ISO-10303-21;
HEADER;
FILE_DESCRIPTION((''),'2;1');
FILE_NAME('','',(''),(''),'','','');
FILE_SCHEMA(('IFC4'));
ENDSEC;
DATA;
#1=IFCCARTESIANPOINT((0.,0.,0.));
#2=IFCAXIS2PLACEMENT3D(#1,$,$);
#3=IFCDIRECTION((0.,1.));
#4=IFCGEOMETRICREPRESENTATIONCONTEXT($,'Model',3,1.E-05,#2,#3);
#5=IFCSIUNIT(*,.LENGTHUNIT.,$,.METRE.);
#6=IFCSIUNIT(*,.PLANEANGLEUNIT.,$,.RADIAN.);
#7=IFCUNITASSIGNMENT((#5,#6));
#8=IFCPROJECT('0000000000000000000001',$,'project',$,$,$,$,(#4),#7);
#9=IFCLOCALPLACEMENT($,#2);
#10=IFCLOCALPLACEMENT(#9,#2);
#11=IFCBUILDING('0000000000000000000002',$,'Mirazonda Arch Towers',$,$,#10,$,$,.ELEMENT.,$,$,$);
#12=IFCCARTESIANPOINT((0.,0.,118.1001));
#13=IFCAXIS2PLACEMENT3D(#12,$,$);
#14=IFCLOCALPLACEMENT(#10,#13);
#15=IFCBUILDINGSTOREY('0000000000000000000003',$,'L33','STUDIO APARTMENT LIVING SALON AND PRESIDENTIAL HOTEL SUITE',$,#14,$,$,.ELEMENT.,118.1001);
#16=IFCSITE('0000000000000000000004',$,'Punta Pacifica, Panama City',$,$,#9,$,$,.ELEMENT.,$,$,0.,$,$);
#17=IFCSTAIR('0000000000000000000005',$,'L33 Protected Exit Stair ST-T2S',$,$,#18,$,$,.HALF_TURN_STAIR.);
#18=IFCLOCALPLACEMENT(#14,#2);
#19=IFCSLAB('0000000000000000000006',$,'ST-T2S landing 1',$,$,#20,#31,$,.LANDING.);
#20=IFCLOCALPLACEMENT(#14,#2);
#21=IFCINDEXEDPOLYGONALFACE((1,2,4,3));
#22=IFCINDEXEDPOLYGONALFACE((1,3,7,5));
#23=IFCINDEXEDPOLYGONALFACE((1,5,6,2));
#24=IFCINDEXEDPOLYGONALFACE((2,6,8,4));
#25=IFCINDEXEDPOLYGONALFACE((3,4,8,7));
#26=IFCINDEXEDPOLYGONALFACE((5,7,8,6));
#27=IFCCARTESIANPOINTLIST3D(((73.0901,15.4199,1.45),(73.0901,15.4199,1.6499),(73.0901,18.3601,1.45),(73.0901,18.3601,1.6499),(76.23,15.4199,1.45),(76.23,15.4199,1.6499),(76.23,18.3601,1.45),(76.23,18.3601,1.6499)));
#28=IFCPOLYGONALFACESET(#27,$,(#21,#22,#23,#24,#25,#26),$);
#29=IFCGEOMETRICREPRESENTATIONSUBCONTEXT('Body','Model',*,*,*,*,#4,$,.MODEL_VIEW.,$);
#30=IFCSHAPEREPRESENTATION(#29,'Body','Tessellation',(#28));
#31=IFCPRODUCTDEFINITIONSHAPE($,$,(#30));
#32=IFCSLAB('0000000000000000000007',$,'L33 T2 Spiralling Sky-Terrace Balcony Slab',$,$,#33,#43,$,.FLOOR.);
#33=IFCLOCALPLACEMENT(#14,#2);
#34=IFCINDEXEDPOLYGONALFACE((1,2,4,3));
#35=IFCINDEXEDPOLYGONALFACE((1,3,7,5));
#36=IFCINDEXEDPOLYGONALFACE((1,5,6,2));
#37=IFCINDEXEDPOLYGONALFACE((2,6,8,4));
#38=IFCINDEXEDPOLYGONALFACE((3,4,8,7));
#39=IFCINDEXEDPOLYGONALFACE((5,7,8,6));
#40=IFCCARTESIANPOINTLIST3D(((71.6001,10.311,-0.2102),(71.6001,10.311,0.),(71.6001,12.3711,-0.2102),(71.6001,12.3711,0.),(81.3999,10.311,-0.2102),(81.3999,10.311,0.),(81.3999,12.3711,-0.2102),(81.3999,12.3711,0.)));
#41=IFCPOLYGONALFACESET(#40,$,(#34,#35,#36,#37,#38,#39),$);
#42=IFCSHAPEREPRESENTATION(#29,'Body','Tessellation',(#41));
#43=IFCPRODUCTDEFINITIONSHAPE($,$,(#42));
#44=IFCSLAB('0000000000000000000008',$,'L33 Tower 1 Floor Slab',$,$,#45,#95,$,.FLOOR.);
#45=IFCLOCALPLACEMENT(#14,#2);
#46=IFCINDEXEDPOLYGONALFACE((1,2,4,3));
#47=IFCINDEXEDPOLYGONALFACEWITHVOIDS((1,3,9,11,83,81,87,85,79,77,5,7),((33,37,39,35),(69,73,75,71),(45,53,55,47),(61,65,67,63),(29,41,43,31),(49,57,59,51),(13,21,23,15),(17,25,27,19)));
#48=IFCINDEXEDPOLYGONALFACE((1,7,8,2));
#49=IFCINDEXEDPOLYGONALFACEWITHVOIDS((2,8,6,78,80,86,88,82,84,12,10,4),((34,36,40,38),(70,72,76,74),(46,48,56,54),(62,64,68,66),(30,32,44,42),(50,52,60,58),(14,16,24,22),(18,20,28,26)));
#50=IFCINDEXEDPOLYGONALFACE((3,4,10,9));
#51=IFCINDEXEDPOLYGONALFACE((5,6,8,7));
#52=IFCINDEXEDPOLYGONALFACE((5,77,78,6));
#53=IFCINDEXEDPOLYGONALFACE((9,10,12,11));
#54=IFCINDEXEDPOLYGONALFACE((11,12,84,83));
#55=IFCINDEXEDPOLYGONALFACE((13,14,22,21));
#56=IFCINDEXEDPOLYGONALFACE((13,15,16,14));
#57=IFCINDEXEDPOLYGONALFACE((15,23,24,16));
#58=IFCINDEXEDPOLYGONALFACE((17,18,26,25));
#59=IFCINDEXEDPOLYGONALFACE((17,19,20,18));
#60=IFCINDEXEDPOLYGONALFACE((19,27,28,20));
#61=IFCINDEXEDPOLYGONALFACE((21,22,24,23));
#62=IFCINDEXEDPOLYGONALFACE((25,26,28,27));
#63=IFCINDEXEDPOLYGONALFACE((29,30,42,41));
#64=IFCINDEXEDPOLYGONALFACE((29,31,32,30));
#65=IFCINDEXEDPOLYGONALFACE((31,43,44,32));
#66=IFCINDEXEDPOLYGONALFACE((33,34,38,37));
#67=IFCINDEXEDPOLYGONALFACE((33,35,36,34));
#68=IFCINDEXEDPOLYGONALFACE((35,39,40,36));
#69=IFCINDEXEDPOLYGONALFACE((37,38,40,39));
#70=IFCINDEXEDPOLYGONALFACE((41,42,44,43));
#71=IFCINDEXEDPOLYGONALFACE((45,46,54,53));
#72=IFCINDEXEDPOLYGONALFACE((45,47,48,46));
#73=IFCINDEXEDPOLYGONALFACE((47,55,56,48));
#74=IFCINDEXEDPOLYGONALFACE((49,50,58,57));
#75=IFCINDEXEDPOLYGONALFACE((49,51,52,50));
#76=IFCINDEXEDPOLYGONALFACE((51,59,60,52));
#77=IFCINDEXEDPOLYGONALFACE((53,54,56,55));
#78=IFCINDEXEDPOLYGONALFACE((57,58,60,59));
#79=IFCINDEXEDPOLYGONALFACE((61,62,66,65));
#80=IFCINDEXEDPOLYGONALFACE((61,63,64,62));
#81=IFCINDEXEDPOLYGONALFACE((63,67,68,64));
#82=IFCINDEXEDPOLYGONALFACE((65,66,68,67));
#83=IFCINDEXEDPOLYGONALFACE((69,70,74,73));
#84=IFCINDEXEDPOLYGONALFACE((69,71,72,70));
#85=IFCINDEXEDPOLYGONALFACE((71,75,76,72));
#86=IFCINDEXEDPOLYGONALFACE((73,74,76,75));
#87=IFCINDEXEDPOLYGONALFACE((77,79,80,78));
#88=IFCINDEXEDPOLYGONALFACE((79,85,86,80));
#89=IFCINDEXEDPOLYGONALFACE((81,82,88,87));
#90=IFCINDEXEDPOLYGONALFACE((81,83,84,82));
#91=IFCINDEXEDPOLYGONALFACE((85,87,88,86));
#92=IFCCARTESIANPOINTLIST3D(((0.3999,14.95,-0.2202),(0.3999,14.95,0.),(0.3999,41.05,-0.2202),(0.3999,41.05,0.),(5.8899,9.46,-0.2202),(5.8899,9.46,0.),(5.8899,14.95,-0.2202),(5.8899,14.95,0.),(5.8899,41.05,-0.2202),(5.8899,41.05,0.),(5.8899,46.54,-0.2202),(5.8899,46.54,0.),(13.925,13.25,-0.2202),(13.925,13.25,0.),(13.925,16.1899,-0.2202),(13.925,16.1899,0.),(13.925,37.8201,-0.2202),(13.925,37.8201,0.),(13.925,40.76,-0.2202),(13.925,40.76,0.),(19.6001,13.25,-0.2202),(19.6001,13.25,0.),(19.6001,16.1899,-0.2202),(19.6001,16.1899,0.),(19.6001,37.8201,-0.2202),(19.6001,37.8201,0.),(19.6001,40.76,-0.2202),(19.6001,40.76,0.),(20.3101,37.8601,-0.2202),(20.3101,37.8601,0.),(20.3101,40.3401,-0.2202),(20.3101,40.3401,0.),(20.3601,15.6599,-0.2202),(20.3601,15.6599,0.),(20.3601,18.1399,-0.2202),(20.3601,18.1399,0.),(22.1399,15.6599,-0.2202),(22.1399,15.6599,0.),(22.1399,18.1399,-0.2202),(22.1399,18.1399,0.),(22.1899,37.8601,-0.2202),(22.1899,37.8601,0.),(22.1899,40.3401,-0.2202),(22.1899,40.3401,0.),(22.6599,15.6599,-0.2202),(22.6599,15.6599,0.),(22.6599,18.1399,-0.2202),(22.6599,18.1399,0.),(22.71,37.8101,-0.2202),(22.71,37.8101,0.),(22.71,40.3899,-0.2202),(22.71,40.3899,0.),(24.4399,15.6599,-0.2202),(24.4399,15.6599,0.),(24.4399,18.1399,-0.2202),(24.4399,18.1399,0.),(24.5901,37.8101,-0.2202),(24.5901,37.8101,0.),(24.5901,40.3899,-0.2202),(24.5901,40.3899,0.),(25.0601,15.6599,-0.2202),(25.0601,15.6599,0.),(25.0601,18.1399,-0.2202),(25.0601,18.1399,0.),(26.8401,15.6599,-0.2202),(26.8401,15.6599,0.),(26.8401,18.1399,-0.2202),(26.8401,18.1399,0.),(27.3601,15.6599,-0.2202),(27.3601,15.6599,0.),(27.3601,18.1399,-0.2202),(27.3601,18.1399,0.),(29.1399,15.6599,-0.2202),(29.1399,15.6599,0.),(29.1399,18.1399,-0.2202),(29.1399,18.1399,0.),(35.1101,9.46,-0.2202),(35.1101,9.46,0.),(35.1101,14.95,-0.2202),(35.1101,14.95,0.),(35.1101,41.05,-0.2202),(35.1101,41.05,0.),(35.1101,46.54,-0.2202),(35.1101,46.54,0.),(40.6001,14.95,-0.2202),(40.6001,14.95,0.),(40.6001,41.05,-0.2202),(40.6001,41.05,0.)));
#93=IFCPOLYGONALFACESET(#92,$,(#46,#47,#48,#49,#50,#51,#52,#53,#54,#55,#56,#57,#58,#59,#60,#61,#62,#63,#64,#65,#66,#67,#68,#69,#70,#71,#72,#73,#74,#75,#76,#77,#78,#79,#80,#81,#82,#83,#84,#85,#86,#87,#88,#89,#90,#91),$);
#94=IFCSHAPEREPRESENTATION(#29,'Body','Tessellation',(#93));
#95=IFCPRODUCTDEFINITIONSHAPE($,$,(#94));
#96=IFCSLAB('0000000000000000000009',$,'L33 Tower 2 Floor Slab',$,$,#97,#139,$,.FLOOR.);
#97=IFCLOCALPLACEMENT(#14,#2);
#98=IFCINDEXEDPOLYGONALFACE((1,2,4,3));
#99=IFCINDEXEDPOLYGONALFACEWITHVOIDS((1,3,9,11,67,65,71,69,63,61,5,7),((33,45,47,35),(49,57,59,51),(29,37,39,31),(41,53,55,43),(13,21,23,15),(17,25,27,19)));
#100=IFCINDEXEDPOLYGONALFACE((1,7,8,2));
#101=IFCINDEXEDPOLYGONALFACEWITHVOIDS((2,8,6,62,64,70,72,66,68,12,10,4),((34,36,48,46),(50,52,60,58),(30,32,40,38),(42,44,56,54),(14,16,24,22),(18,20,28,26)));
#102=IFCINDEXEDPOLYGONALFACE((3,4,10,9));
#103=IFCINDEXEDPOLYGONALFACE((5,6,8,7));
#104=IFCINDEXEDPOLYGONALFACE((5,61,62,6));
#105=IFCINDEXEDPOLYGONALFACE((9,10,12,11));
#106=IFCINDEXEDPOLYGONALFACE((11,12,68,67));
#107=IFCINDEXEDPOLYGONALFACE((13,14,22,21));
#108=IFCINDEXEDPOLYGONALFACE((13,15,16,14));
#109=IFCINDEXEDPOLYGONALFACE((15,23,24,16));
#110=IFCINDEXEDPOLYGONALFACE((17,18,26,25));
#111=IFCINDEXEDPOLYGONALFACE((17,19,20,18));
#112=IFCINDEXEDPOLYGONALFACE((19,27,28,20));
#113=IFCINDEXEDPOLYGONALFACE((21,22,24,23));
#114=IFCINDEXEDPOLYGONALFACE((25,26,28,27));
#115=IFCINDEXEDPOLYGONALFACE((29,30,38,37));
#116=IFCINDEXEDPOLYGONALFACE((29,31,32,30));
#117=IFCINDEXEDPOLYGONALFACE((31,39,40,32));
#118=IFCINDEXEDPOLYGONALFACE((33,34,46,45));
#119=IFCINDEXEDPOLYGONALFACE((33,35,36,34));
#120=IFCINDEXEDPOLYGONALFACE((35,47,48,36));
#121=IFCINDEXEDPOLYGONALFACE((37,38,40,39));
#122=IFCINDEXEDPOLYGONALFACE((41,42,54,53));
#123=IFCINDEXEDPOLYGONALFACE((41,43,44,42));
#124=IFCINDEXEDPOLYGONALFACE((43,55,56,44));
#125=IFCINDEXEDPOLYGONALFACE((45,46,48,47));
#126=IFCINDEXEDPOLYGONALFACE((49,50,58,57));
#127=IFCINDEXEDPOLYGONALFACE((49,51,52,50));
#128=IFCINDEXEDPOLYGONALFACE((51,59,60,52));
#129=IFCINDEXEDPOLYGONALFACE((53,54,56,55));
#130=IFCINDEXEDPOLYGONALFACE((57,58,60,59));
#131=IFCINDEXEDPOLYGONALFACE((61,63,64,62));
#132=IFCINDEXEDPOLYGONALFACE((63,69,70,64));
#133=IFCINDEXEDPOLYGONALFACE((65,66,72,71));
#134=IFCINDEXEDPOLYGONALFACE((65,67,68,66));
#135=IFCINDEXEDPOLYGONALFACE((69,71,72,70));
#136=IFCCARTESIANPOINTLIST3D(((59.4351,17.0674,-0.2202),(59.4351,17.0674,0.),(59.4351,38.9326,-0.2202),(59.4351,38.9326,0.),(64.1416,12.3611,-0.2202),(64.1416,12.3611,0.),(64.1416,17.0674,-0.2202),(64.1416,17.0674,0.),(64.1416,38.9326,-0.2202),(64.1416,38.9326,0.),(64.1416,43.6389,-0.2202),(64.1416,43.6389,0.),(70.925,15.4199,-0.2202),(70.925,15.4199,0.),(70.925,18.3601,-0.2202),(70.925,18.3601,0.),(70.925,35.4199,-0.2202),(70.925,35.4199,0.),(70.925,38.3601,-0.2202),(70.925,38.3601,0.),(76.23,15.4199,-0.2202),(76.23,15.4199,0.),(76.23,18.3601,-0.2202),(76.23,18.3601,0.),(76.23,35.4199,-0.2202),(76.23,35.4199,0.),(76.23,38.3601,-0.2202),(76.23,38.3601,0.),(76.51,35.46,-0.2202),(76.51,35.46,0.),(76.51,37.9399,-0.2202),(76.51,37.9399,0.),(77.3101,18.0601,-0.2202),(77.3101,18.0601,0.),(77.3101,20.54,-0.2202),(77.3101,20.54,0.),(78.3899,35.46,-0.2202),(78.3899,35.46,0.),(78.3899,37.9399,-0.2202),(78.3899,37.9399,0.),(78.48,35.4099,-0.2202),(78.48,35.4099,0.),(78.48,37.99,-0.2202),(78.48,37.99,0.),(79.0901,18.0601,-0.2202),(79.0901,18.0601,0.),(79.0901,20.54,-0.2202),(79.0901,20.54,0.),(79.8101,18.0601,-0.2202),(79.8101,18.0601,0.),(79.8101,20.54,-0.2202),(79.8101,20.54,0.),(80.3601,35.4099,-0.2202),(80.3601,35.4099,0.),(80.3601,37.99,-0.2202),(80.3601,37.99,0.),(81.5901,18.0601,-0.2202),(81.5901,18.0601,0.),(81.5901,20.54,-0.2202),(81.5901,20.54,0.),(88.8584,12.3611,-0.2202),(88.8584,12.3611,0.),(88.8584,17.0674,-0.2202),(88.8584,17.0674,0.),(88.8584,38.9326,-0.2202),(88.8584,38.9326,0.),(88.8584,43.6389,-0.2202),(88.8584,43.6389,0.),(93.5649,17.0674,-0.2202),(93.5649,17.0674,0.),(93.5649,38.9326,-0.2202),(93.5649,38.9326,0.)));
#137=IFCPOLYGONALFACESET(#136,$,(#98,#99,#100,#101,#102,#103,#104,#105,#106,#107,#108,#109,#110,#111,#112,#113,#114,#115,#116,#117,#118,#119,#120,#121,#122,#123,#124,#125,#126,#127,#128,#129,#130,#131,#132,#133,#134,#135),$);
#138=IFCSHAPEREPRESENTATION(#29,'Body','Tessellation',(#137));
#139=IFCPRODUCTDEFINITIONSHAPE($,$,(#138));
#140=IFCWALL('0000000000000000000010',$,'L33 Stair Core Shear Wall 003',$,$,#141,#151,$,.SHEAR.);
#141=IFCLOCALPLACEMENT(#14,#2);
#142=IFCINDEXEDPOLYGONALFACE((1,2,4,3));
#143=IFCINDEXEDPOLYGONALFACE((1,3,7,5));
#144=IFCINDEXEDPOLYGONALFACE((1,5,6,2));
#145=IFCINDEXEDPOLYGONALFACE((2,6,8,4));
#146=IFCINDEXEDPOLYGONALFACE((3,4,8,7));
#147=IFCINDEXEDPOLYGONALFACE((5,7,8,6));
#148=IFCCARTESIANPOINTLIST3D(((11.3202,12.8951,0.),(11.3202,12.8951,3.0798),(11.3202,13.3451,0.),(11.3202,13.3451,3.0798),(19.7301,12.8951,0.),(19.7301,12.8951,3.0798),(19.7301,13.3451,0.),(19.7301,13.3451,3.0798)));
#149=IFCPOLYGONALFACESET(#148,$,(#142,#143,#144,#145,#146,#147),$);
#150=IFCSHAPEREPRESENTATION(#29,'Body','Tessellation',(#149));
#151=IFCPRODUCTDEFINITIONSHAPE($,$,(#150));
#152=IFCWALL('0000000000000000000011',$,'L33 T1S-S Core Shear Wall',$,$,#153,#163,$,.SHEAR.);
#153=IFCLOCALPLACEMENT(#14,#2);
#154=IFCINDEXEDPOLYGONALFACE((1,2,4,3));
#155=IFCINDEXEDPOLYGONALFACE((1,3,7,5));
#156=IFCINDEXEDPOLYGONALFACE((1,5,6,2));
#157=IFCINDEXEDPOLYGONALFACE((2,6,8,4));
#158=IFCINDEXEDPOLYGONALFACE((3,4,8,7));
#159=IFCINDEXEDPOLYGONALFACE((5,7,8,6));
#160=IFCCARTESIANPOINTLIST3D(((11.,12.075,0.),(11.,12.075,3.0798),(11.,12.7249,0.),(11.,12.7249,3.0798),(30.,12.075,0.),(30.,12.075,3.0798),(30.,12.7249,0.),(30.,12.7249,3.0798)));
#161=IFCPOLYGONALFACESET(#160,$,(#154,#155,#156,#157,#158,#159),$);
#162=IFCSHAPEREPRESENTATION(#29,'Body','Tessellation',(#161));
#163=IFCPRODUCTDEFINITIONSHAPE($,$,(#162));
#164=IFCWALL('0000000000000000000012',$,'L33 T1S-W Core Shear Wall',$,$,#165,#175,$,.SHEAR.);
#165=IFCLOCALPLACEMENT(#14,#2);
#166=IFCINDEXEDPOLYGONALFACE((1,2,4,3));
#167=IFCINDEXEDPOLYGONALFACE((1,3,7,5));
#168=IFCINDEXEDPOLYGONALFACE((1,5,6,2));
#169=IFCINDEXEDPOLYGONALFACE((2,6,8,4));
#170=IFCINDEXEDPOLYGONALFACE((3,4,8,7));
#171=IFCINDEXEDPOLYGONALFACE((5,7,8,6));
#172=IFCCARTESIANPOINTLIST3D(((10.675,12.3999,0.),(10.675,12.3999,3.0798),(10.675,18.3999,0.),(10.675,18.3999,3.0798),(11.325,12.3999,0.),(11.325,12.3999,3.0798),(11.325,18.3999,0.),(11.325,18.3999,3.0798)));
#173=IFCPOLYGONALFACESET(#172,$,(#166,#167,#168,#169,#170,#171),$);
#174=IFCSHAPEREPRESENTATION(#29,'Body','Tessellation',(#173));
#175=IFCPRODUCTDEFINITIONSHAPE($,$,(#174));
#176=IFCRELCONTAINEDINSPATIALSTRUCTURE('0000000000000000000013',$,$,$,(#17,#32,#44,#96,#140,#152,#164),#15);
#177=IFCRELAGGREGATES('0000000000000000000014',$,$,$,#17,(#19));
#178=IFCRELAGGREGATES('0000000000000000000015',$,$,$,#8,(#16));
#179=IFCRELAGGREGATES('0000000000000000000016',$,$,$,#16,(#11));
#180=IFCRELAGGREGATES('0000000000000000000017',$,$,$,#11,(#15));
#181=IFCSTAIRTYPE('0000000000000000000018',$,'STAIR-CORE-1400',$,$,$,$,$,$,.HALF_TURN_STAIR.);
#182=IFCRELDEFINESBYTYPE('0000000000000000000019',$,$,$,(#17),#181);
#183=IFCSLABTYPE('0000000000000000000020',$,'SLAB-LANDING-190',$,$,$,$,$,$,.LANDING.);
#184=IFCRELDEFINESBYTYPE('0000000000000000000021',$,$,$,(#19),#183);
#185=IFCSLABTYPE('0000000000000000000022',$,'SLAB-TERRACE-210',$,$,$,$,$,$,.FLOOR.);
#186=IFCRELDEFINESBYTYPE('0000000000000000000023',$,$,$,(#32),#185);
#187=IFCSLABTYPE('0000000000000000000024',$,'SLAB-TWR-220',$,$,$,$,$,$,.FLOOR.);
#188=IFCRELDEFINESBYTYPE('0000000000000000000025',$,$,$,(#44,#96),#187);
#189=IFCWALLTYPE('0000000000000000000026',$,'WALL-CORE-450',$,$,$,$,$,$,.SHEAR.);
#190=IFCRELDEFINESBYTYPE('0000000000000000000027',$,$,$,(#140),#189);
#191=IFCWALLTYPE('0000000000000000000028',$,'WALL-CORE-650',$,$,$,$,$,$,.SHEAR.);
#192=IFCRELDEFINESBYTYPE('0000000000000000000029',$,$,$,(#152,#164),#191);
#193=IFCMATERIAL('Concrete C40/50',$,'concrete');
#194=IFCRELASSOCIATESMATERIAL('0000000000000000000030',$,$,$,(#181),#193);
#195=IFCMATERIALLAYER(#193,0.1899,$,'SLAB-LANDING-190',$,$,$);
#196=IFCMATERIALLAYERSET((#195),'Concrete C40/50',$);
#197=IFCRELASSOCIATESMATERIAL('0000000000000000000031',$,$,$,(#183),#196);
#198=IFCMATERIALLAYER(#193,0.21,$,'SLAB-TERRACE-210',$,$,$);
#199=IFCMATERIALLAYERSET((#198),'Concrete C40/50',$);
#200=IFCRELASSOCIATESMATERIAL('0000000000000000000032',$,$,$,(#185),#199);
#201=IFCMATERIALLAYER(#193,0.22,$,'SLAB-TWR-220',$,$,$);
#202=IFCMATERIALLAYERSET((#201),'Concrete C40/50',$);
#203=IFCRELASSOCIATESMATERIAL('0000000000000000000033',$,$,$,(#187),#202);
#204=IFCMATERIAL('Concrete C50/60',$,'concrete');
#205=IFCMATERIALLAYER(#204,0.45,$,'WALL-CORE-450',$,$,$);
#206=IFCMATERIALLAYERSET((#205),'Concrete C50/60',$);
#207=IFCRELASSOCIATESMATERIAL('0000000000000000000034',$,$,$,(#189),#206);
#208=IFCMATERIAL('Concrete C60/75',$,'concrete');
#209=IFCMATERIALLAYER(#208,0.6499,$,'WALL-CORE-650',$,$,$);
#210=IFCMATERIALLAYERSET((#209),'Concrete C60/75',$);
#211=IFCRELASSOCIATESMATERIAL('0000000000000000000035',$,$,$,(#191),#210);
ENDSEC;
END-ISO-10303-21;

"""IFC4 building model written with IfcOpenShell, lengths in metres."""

from ifc_helpers import new_model, si_unit, direction, frame, frame_2d, origin, place, context, subcontext, project, spatial, polyline, rectangle, outline, extrude, material, layer, layer_set, type_object, element, aggregate, save


model = new_model("IFC4")

# Units and contexts
model_context = context("Model", 3, precision=1e-05, world=origin(), true_north=direction((0.0, 1.0)))
body_context = subcontext(model_context, "Body", "Model", "MODEL_VIEW")
ifc_project = project(units=[si_unit("LENGTHUNIT", "METRE"), si_unit("PLANEANGLEUNIT", "RADIAN")], contexts=[model_context])

# Site, building, storey
site_placement = place(None, origin())
site = spatial("IfcSite", under=ifc_project, at=site_placement, Name="Punta Pacifica, Panama City", CompositionType="ELEMENT", RefElevation=0.0)
building_placement = place(site_placement, origin())
building = spatial("IfcBuilding", under=site, at=building_placement, Name="Mirazonda Arch Towers", CompositionType="ELEMENT")
storey_placement = place(building_placement, frame((0.0, 0.0, 118.1001)))
storey = spatial("IfcBuildingStorey", under=building, at=storey_placement, Name="L33", Description="STUDIO APARTMENT LIVING SALON AND PRESIDENTIAL HOTEL SUITE", CompositionType="ELEMENT", Elevation=118.1001)

# Shared definitions
ifc_material_1 = material(Name="Concrete C50/60", Category="concrete")

# Stair, slab
ifc_material_2 = material(Name="Concrete C40/50", Category="concrete")
stair_type = type_object("IfcStairType", Name="STAIR-CORE-1400", PredefinedType="HALF_TURN_STAIR", material=ifc_material_2)
ifc_layer_1 = layer(ifc_material_2, 0.1899, Name="SLAB-LANDING-190")
ifc_layer_set_1 = layer_set([ifc_layer_1], Name="Concrete C40/50")
slab_type_1 = type_object("IfcSlabType", Name="SLAB-LANDING-190", PredefinedType="LANDING", material=ifc_layer_set_1)
stair_1_placement = place(storey_placement, origin())
stair_1 = element("IfcStair", 1, at=stair_1_placement, inside=storey, type_object=stair_type, Name="L33 Protected Exit Stair ST-T2S", PredefinedType="HALF_TURN_STAIR")
slab_1_placement = place(storey_placement, frame((0.0, 0.0, 1.45)))
slab_1 = element("IfcSlab", 2, at=slab_1_placement, type_object=slab_type_1, Name="ST-T2S landing 1", PredefinedType="LANDING", context=body_context, shape_type="SweptSolid", body=[
    extrude(outline(polyline([(73.0901, 15.4199), (76.23, 15.4199), (76.23, 18.3601), (73.0901, 18.3601), (73.0901, 15.4199)])), origin(), (0.0, 0.0, 1.0), 0.2),
])
aggregate(stair_1, [slab_1])

# Slabs
ifc_layer_2 = layer(ifc_material_2, 0.21, Name="SLAB-TERRACE-210")
ifc_layer_set_2 = layer_set([ifc_layer_2], Name="Concrete C40/50")
slab_type_2 = type_object("IfcSlabType", Name="SLAB-TERRACE-210", PredefinedType="FLOOR", material=ifc_layer_set_2)
slab_2_placement = place(storey_placement, frame((0.0, 0.0, -0.2102)))
element("IfcSlab", 3, at=slab_2_placement, inside=storey, type_object=slab_type_2, Name="L33 T2 Spiralling Sky-Terrace Balcony Slab", PredefinedType="FLOOR", context=body_context, shape_type="SweptSolid", body=[
    extrude(outline(polyline([(71.6001, 10.311), (81.3999, 10.311), (81.3999, 12.3711), (71.6001, 12.3711), (71.6001, 10.311)])), origin(), (0.0, 0.0, 1.0), 0.2102),
])
ifc_layer_3 = layer(ifc_material_2, 0.22, Name="SLAB-TWR-220")
ifc_layer_set_3 = layer_set([ifc_layer_3], Name="Concrete C40/50")
slab_type_3 = type_object("IfcSlabType", Name="SLAB-TWR-220", PredefinedType="FLOOR", material=ifc_layer_set_3)
slab_3_placement = place(storey_placement, frame((0.0, 0.0, -0.2202)))
element("IfcSlab", 4, at=slab_3_placement, inside=storey, type_object=slab_type_3, Name="L33 Tower 1 Floor Slab", PredefinedType="FLOOR", context=body_context, shape_type="SweptSolid", body=[
    extrude(outline(polyline([(5.8899, 9.46), (35.1101, 9.46), (35.1101, 14.95), (40.6001, 14.95), (40.6001, 41.05), (35.1101, 41.05), (35.1101, 46.54), (5.8899, 46.54), (5.8899, 41.05), (0.3999, 41.05), (0.3999, 14.95), (5.8899, 14.95), (5.8899, 9.46)]), holes=[polyline([(27.3601, 18.1399), (29.1399, 18.1399), (29.1399, 15.6599), (27.3601, 15.6599), (27.3601, 18.1399)]), polyline([(25.0601, 18.1399), (26.8401, 18.1399), (26.8401, 15.6599), (25.0601, 15.6599), (25.0601, 18.1399)]), polyline([(22.71, 40.3899), (24.5901, 40.3899), (24.5901, 37.8101), (22.71, 37.8101), (22.71, 40.3899)]), polyline([(22.6599, 18.1399), (24.4399, 18.1399), (24.4399, 15.6599), (22.6599, 15.6599), (22.6599, 18.1399)]), polyline([(20.3101, 40.3401), (22.1899, 40.3401), (22.1899, 37.8601), (20.3101, 37.8601), (20.3101, 40.3401)]), polyline([(20.3601, 18.1399), (22.1399, 18.1399), (22.1399, 15.6599), (20.3601, 15.6599), (20.3601, 18.1399)]), polyline([(13.925, 13.25), (13.925, 16.1899), (19.6001, 16.1899), (19.6001, 13.25), (13.925, 13.25)]), polyline([(13.925, 37.8201), (13.925, 40.76), (19.6001, 40.76), (19.6001, 37.8201), (13.925, 37.8201)])]), origin(), (0.0, 0.0, 1.0), 0.2202),
])
slab_4_placement = place(storey_placement, frame((0.0, 0.0, -0.2202)))
element("IfcSlab", 5, at=slab_4_placement, inside=storey, type_object=slab_type_3, Name="L33 Tower 2 Floor Slab", PredefinedType="FLOOR", context=body_context, shape_type="SweptSolid", body=[
    extrude(outline(polyline([(64.1416, 12.3611), (88.8584, 12.3611), (88.8584, 17.0674), (93.5649, 17.0674), (93.5649, 38.9326), (88.8584, 38.9326), (88.8584, 43.6389), (64.1416, 43.6389), (64.1416, 38.9326), (59.4351, 38.9326), (59.4351, 17.0674), (64.1416, 17.0674), (64.1416, 12.3611)]), holes=[polyline([(79.8101, 20.54), (81.5901, 20.54), (81.5901, 18.0601), (79.8101, 18.0601), (79.8101, 20.54)]), polyline([(78.48, 37.99), (80.3601, 37.99), (80.3601, 35.4099), (78.48, 35.4099), (78.48, 37.99)]), polyline([(77.3101, 20.54), (79.0901, 20.54), (79.0901, 18.0601), (77.3101, 18.0601), (77.3101, 20.54)]), polyline([(76.51, 35.46), (76.51, 37.9399), (78.3899, 37.9399), (78.3899, 35.46), (76.51, 35.46)]), polyline([(76.23, 15.4199), (70.925, 15.4199), (70.925, 18.3601), (76.23, 18.3601), (76.23, 15.4199)]), polyline([(70.925, 35.4199), (70.925, 38.3601), (76.23, 38.3601), (76.23, 35.4199), (70.925, 35.4199)])]), origin(), (0.0, 0.0, 1.0), 0.2202),
])

# Walls
ifc_layer_4 = layer(ifc_material_1, 0.45, Name="WALL-CORE-450")
ifc_layer_set_4 = layer_set([ifc_layer_4], Name="Concrete C50/60")
wall_type_1 = type_object("IfcWallType", Name="WALL-CORE-450", PredefinedType="SHEAR", material=ifc_layer_set_4)
wall_1_placement = place(storey_placement, frame((11.3201, 13.1201, 0.0), z_axis=(0.0, 0.0, 1.0), x_axis=(1.0, 0.0, 0.0)))
element("IfcWall", 6, at=wall_1_placement, inside=storey, type_object=wall_type_1, Name="L33 Stair Core Shear Wall 003", PredefinedType="SHEAR", context=body_context, shape_type="SweptSolid", body=[
    extrude(rectangle(XDim=8.4099, YDim=0.45, at=frame_2d((4.2051, 0.0))), origin(), (0.0, 0.0, 1.0), 3.0798),
])
ifc_material_3 = material(Name="Concrete C60/75", Category="concrete")
ifc_layer_5 = layer(ifc_material_3, 0.6499, Name="WALL-CORE-650")
ifc_layer_set_5 = layer_set([ifc_layer_5], Name="Concrete C60/75")
wall_type_2 = type_object("IfcWallType", Name="WALL-CORE-650", PredefinedType="SHEAR", material=ifc_layer_set_5)
wall_2_placement = place(storey_placement, frame((11.0, 12.3999, 0.0), z_axis=(0.0, 0.0, 1.0), x_axis=(1.0, 0.0, 0.0)))
element("IfcWall", 7, at=wall_2_placement, inside=storey, type_object=wall_type_2, Name="L33 T1S-S Core Shear Wall", PredefinedType="SHEAR", context=body_context, shape_type="SweptSolid", body=[
    extrude(rectangle(XDim=19.0, YDim=0.6499, at=frame_2d((9.5, 0.0))), origin(), (0.0, 0.0, 1.0), 3.0798),
])
wall_3_placement = place(storey_placement, frame((11.0, 12.3999, 0.0), z_axis=(0.0, 0.0, 1.0), x_axis=(0.0, 1.0, 0.0)))
element("IfcWall", 8, at=wall_3_placement, inside=storey, type_object=wall_type_2, Name="L33 T1S-W Core Shear Wall", PredefinedType="SHEAR", context=body_context, shape_type="SweptSolid", body=[
    extrude(rectangle(XDim=6.0, YDim=0.6499, at=frame_2d((3.0, 0.0))), origin(), (0.0, 0.0, 1.0), 3.0798),
])

save(model, "model.ifc")
